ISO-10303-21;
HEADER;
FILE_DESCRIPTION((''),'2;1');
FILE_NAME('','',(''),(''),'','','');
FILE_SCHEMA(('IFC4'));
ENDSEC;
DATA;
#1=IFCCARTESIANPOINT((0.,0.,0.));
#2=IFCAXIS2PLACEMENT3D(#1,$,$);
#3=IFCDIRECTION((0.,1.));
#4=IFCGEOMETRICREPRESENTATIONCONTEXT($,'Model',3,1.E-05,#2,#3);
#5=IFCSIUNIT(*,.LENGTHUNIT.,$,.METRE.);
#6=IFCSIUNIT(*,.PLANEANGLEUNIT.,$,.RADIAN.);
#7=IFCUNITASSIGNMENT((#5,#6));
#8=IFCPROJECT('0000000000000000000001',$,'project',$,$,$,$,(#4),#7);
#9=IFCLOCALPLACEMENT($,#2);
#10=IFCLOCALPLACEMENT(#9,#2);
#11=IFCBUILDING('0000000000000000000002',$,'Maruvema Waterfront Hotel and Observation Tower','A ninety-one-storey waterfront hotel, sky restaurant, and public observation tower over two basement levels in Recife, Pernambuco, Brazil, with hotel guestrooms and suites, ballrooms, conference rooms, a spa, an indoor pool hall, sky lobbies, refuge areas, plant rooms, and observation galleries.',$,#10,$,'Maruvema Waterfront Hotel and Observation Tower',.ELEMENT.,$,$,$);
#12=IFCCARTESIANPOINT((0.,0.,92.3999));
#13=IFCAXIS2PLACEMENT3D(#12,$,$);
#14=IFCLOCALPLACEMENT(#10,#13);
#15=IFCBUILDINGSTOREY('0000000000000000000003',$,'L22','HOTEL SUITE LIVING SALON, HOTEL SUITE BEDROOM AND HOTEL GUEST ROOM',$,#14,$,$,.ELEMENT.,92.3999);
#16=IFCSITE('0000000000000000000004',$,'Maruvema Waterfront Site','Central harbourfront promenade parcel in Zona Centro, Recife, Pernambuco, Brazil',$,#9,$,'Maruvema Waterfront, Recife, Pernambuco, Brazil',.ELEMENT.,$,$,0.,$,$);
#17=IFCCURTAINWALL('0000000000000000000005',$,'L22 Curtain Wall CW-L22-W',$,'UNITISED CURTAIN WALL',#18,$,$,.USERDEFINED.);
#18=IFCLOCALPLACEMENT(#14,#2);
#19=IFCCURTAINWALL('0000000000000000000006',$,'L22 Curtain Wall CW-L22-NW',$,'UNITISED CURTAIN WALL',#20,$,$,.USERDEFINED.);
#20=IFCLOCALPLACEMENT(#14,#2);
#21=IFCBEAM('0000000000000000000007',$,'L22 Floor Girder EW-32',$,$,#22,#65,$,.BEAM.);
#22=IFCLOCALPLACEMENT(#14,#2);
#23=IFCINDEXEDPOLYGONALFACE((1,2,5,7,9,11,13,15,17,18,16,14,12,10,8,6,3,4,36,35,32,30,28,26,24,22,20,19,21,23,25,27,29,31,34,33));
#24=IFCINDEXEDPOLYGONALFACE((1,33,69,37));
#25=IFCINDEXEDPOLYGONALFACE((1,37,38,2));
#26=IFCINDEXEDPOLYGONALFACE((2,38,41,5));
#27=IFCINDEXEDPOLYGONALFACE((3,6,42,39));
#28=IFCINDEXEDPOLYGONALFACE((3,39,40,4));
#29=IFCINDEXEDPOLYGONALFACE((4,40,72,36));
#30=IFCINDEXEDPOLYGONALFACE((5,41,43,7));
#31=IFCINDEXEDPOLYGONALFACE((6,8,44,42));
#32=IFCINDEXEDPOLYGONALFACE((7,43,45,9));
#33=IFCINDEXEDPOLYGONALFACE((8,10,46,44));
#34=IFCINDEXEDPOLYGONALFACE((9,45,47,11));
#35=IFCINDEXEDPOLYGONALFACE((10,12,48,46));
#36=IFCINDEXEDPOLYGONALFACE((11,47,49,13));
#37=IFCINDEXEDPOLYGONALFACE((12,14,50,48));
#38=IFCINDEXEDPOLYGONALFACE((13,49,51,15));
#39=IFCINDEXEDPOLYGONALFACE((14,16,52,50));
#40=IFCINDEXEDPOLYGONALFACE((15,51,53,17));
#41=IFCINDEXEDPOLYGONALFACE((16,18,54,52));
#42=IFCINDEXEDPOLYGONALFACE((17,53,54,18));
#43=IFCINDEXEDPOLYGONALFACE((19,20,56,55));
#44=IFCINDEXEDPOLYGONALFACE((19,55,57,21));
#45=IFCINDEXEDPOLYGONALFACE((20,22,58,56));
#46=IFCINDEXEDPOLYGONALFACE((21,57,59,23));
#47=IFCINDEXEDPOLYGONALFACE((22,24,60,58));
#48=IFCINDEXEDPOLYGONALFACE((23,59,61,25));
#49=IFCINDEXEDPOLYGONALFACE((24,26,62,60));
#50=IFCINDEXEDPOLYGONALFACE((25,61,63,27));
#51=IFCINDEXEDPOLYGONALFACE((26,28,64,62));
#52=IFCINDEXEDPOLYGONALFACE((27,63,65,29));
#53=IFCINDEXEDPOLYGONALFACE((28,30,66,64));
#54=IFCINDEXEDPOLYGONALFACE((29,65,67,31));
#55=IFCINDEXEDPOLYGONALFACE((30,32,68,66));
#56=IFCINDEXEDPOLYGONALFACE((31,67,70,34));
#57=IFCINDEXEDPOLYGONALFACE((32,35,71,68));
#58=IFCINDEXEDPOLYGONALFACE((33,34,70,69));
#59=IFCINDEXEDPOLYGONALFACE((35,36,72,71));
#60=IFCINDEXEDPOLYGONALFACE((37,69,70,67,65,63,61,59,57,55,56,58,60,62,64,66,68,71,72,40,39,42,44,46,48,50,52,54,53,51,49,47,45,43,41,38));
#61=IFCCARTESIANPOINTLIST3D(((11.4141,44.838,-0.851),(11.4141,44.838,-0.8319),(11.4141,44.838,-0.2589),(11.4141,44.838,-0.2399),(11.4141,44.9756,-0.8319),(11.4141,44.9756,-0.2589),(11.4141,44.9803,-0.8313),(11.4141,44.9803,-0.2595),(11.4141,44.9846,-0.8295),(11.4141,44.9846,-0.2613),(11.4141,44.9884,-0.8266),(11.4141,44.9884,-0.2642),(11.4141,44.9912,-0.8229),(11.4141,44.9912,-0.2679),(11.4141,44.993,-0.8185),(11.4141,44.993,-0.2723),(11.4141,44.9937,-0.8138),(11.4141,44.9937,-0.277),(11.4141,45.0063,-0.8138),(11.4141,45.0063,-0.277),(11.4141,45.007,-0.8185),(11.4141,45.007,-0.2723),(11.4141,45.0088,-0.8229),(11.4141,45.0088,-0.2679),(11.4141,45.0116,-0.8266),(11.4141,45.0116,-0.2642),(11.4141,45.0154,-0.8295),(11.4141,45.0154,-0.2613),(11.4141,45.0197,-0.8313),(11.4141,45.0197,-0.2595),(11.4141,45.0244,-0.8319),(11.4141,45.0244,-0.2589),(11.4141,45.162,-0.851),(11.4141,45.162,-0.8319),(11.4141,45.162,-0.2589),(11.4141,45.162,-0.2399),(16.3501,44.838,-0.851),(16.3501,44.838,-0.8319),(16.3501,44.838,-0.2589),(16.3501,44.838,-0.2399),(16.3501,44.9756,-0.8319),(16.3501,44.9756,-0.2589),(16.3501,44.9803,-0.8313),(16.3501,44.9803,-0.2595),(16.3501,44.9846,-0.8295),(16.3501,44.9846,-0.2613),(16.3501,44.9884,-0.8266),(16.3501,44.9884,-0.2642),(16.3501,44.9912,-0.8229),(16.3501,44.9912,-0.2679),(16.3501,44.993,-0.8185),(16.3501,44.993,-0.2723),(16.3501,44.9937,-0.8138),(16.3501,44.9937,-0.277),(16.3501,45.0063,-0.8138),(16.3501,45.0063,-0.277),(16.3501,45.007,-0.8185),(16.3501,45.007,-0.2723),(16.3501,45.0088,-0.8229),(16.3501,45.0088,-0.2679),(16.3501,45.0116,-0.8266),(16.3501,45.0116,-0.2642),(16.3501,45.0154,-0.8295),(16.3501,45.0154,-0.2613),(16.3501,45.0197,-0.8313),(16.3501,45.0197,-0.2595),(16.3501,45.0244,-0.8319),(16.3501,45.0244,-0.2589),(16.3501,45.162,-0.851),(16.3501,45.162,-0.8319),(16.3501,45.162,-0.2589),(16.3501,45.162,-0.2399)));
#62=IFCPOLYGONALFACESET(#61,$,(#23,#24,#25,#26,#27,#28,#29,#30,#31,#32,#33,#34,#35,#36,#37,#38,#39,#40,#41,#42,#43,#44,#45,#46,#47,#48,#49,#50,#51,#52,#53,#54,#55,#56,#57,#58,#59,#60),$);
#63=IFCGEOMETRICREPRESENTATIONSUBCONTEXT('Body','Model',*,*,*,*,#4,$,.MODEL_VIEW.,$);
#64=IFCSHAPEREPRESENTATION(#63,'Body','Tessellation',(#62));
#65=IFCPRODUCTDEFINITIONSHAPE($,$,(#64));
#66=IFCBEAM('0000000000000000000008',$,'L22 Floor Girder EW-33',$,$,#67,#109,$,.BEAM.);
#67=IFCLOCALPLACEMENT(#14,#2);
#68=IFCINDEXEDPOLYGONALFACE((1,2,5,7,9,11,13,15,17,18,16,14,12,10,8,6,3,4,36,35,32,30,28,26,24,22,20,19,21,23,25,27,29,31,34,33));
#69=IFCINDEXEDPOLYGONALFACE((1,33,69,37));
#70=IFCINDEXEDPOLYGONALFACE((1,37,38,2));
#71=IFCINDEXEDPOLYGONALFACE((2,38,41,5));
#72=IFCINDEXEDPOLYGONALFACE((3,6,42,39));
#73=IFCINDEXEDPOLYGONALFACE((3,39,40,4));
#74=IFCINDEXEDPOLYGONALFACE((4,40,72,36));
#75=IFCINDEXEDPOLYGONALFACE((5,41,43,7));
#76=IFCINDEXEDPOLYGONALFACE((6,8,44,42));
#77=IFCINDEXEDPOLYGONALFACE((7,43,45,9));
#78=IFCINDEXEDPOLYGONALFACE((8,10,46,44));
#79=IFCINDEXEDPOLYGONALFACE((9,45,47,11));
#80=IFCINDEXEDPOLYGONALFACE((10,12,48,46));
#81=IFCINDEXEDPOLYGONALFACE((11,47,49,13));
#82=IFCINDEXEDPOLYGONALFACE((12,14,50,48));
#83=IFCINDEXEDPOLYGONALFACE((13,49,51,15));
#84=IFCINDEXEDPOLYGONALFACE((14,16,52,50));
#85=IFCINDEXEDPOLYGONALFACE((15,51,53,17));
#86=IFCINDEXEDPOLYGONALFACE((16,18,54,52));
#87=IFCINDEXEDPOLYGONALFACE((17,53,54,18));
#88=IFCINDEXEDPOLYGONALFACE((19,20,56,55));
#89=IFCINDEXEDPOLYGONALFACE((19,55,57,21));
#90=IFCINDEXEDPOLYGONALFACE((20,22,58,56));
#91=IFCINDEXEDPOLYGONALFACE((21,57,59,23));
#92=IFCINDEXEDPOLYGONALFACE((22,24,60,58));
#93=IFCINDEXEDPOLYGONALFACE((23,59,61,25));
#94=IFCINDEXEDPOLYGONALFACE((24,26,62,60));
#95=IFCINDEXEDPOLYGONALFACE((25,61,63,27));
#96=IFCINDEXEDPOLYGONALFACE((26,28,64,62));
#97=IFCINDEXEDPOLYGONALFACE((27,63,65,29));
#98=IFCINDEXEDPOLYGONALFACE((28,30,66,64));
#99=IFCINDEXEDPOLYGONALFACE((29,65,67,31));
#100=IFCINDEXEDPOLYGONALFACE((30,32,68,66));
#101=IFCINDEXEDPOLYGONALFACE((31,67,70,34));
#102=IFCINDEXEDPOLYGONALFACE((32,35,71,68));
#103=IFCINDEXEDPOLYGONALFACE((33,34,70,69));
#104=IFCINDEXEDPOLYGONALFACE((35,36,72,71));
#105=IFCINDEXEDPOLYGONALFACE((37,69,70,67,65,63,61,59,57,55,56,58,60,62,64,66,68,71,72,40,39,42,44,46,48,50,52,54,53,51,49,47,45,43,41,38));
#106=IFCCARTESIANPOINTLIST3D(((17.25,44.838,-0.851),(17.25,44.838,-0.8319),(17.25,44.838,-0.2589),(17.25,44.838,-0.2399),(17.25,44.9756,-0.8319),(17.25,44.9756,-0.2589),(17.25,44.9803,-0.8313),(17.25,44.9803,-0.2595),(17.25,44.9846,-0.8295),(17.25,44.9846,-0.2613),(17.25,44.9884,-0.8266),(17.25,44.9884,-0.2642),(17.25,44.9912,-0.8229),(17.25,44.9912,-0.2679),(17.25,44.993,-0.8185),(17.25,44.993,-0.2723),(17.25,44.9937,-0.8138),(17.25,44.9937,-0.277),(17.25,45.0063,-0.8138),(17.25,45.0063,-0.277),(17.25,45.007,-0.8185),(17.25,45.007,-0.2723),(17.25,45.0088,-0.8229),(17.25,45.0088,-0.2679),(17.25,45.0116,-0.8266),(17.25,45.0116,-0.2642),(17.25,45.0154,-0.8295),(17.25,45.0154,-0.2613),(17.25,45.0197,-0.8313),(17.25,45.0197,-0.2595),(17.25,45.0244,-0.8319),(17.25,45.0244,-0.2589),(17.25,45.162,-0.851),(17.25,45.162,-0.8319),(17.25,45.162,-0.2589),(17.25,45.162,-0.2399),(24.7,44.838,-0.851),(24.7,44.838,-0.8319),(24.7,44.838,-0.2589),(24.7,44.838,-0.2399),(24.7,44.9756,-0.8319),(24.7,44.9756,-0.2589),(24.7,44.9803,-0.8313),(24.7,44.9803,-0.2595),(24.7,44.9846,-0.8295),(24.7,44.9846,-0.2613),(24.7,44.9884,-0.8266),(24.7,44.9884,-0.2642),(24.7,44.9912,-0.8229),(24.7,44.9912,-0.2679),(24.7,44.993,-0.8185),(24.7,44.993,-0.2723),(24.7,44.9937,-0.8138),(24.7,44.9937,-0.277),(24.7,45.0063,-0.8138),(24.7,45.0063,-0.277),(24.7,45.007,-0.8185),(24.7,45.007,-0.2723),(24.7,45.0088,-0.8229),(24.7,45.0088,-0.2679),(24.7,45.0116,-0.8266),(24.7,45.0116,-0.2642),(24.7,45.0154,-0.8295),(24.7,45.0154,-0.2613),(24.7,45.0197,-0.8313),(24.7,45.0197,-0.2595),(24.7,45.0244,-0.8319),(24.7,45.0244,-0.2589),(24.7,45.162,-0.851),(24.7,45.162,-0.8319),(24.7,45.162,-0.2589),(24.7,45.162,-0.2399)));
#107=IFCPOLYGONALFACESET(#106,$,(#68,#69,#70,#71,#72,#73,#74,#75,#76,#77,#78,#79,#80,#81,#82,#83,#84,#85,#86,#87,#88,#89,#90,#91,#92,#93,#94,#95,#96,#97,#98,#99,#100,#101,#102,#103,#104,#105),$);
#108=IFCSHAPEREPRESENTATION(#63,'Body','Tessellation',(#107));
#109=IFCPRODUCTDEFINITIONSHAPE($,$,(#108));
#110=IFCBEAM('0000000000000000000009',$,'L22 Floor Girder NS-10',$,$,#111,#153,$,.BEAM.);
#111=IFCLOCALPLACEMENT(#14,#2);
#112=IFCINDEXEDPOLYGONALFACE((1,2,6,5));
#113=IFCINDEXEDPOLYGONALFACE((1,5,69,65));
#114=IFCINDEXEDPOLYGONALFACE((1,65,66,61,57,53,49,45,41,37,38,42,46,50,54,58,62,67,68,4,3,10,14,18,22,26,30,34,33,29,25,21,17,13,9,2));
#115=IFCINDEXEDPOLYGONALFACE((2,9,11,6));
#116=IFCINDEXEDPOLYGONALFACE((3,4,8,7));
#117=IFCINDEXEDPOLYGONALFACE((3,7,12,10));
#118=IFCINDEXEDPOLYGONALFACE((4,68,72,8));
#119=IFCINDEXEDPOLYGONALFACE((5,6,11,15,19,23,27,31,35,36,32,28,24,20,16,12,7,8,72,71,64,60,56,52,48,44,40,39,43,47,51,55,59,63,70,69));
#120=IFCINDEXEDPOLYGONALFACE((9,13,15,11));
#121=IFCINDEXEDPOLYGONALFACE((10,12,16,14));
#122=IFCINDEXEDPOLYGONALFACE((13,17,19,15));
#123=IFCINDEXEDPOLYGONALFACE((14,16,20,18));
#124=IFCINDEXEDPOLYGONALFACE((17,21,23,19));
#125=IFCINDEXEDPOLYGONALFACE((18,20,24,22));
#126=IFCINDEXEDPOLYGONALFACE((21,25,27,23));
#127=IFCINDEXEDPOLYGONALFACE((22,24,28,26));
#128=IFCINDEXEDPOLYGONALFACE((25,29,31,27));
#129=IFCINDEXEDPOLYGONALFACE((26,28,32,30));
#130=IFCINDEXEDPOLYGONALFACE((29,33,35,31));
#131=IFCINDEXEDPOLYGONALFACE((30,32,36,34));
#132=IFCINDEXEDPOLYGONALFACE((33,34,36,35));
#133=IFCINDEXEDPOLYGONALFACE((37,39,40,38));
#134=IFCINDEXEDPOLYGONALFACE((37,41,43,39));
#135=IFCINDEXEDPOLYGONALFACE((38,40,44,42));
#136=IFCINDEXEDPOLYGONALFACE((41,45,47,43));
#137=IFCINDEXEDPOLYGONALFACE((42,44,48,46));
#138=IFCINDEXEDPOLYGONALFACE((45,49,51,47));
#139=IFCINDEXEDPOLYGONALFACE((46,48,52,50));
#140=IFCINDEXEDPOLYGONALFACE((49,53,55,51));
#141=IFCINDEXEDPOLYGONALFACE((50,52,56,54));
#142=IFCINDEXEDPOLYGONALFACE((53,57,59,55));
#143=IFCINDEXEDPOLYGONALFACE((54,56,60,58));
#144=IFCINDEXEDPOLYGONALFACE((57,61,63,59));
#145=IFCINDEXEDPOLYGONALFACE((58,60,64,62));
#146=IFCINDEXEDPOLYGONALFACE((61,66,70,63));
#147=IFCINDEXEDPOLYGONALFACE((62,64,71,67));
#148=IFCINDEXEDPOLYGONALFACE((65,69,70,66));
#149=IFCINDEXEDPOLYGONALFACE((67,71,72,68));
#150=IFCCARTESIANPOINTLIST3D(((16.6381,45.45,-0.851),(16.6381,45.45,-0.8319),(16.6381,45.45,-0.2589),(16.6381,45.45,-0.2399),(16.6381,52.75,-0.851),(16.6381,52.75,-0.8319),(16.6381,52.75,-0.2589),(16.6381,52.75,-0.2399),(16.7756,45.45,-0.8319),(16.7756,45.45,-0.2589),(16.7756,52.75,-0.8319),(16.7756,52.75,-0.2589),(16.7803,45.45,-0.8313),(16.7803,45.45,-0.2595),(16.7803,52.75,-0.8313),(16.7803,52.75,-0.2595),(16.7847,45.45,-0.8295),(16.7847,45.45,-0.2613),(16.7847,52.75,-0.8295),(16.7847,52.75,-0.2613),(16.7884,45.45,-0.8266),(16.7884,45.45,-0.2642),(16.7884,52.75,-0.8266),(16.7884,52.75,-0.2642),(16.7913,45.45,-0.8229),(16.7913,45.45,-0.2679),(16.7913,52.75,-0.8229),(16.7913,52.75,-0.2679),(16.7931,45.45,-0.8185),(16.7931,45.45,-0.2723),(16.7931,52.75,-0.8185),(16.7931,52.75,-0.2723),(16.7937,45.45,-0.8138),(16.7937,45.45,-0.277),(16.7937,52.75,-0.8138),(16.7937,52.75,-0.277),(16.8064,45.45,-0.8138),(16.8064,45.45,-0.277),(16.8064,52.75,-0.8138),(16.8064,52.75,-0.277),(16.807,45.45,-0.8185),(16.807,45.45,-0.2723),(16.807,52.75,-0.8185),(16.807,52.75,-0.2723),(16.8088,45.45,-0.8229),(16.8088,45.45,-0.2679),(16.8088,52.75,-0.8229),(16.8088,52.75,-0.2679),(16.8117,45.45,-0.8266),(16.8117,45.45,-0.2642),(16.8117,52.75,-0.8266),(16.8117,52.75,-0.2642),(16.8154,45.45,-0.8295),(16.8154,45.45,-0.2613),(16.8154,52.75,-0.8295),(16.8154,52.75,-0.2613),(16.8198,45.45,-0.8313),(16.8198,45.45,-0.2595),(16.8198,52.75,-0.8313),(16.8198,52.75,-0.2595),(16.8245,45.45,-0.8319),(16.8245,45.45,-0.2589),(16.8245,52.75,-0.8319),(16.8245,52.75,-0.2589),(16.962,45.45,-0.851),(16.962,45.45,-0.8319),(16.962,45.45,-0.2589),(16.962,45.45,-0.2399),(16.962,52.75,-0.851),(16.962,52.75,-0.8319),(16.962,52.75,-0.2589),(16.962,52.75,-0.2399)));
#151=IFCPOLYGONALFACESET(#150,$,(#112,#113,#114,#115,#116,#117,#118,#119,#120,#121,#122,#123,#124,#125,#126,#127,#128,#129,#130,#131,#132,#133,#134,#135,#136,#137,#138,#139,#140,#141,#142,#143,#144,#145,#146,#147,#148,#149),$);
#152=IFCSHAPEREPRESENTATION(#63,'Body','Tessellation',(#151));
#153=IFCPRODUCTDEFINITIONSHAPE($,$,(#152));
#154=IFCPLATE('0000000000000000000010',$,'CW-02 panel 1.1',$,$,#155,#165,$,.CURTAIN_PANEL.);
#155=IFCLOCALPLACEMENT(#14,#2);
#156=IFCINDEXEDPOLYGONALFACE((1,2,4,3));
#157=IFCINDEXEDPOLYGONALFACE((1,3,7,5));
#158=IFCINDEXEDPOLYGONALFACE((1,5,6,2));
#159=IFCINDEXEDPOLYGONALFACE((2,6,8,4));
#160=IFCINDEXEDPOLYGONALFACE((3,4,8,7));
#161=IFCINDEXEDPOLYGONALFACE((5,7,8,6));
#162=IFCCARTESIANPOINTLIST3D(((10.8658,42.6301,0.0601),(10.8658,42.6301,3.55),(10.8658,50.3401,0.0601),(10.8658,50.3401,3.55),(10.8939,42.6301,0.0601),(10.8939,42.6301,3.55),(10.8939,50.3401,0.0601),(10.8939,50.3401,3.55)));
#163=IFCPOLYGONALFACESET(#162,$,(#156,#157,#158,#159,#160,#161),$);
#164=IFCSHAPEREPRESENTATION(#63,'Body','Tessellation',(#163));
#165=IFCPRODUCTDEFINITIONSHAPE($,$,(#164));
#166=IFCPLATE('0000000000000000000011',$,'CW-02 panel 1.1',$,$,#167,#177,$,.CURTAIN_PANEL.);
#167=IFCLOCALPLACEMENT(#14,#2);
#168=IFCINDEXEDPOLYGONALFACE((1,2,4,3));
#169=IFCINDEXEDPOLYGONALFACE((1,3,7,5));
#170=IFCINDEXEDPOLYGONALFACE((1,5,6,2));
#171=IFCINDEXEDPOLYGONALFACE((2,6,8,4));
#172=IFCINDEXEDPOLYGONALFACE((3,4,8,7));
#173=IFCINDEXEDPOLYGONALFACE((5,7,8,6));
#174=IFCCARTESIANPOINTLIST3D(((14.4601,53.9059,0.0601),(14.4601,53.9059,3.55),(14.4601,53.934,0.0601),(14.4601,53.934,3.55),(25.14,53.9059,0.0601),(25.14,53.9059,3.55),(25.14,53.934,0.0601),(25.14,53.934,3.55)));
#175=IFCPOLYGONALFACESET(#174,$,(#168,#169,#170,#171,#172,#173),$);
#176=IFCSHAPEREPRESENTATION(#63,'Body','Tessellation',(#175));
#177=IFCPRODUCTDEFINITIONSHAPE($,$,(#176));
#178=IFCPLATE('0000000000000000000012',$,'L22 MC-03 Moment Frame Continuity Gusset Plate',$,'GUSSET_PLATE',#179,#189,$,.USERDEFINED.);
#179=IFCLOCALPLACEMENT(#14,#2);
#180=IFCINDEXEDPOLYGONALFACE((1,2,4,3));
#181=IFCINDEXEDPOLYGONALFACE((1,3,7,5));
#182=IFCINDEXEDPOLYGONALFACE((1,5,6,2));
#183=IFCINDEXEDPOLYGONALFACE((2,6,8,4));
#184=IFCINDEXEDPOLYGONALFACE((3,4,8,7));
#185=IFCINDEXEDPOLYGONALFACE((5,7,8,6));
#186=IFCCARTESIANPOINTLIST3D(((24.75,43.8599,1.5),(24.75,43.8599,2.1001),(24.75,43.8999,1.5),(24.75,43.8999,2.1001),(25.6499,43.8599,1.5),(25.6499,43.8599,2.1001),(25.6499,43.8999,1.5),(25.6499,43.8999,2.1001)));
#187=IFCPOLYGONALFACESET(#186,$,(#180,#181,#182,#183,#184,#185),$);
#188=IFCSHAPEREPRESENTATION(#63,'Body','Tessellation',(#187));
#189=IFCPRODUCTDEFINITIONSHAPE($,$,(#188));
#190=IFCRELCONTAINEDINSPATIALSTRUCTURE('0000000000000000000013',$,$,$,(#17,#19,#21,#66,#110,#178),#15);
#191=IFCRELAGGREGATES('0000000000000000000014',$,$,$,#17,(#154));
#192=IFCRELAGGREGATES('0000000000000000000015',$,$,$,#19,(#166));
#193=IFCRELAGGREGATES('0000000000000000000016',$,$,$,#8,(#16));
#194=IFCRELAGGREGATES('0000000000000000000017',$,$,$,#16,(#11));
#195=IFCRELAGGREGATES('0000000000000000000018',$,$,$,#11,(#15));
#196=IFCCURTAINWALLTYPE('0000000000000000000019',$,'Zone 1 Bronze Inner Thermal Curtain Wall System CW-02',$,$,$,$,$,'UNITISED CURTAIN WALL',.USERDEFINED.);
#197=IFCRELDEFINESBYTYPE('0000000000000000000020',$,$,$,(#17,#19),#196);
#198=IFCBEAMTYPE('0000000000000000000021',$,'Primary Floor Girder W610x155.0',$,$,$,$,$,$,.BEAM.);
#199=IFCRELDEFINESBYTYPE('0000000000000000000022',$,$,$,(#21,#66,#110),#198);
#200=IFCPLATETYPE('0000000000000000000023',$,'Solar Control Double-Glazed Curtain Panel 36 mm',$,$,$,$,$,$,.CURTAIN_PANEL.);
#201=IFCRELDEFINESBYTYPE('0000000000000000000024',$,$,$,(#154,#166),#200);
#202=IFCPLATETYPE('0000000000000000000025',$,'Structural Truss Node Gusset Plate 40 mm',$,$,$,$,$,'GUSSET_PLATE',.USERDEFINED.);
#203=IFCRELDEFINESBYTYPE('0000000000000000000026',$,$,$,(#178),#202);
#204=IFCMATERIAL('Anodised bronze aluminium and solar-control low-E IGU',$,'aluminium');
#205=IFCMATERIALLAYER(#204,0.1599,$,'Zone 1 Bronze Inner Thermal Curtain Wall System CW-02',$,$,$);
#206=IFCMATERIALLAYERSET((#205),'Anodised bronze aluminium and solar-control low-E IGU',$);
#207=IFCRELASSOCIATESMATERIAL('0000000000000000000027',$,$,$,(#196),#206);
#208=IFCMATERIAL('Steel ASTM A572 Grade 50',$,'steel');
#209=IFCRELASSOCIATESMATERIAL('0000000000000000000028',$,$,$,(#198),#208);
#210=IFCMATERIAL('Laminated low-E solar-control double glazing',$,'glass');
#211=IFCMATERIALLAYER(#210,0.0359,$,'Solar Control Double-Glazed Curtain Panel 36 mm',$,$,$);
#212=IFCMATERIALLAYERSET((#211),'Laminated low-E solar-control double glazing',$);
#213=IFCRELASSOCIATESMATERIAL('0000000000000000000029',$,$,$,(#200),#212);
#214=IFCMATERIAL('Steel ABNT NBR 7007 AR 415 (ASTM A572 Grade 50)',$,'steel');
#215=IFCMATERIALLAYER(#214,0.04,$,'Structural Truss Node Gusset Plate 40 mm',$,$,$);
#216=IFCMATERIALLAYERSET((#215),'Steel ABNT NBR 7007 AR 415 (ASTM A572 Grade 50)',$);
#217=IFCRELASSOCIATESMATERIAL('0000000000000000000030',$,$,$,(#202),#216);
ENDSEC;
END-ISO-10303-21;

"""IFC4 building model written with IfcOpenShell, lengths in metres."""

from ifc_helpers import new_model, si_unit, direction, frame, origin, origin_2d, place, context, subcontext, project, spatial, rectangle, i_section, extrude, material, layer, layer_set, material_profile, profile_set, type_object, element, aggregate, save


model = new_model("IFC4")

# Units and contexts
model_context = context("Model", 3, precision=1e-05, world=origin(), true_north=direction((0.0, 1.0)))
body_context = subcontext(model_context, "Body", "Model", "MODEL_VIEW")
ifc_project = project(units=[si_unit("LENGTHUNIT", "METRE"), si_unit("PLANEANGLEUNIT", "RADIAN")], contexts=[model_context])

# Site, building, storey
site_placement = place(None, origin())
site = spatial("IfcSite", under=ifc_project, at=site_placement, Name="Maruvema Waterfront Site", Description="Central harbourfront promenade parcel in Zona Centro, Recife, Pernambuco, Brazil", LongName="Maruvema Waterfront, Recife, Pernambuco, Brazil", CompositionType="ELEMENT", RefElevation=0.0)
building_placement = place(site_placement, origin())
building = spatial("IfcBuilding", under=site, at=building_placement, Name="Maruvema Waterfront Hotel and Observation Tower", Description="A ninety-one-storey waterfront hotel, sky restaurant, and public observation tower over two basement levels in Recife, Pernambuco, Brazil, with hotel guestrooms and suites, ballrooms, conference rooms, a spa, an indoor pool hall, sky lobbies, refuge areas, plant rooms, and observation galleries.", LongName="Maruvema Waterfront Hotel and Observation Tower", CompositionType="ELEMENT")
storey_placement = place(building_placement, frame((0.0, 0.0, 92.3999)))
storey = spatial("IfcBuildingStorey", under=building, at=storey_placement, Name="L22", Description="HOTEL SUITE LIVING SALON, HOTEL SUITE BEDROOM AND HOTEL GUEST ROOM", CompositionType="ELEMENT", Elevation=92.3999)

# Curtain walls
ifc_material_1 = material(Name="Anodised bronze aluminium and solar-control low-E IGU", Category="aluminium")
ifc_layer_1 = layer(ifc_material_1, 0.1599, Name="Zone 1 Bronze Inner Thermal Curtain Wall System CW-02")
ifc_layer_set_1 = layer_set([ifc_layer_1], Name="Anodised bronze aluminium and solar-control low-E IGU")
curtain_wall_type = type_object("IfcCurtainWallType", Name="Zone 1 Bronze Inner Thermal Curtain Wall System CW-02", ElementType="UNITISED CURTAIN WALL", PredefinedType="USERDEFINED", material=ifc_layer_set_1)
curtain_wall_1_placement = place(storey_placement, origin())
curtain_wall_1 = element("IfcCurtainWall", 1, at=curtain_wall_1_placement, inside=storey, type_object=curtain_wall_type, Name="L22 Curtain Wall CW-L22-W", ObjectType="UNITISED CURTAIN WALL", PredefinedType="USERDEFINED")
curtain_wall_2_placement = place(storey_placement, origin())
curtain_wall_2 = element("IfcCurtainWall", 2, at=curtain_wall_2_placement, inside=storey, type_object=curtain_wall_type, Name="L22 Curtain Wall CW-L22-NW", ObjectType="UNITISED CURTAIN WALL", PredefinedType="USERDEFINED")

# Beams
ifc_material_2 = material(Name="Steel ASTM A572 Grade 50", Category="steel")
ifc_material_profile_1 = material_profile(ifc_material_2, i_section(OverallWidth=0.324, OverallDepth=0.6111, WebThickness=0.0127, FlangeThickness=0.019, FilletRadius=0.0181, at=origin_2d()), Name="W610x155.0")
ifc_profile_set_1 = profile_set([ifc_material_profile_1], Name="Steel ASTM A572 Grade 50")
beam_type = type_object("IfcBeamType", Name="Primary Floor Girder W610x155.0", PredefinedType="BEAM", material=ifc_profile_set_1)
beam_1_placement = place(storey_placement, frame((11.4141, 45.0, -0.5454), z_axis=(1.0, 0.0, 0.0), x_axis=(0.0, 1.0, 0.0)))
element("IfcBeam", 3, at=beam_1_placement, inside=storey, type_object=beam_type, Name="L22 Floor Girder EW-32", PredefinedType="BEAM", context=body_context, shape_type="SweptSolid", body=[
    extrude(i_section(OverallWidth=0.324, OverallDepth=0.6111, WebThickness=0.0127, FlangeThickness=0.019, FilletRadius=0.0181, at=origin_2d()), origin(), (0.0, 0.0, 1.0), 4.936),
])
beam_2_placement = place(storey_placement, frame((17.25, 45.0, -0.5454), z_axis=(1.0, 0.0, 0.0), x_axis=(0.0, 1.0, 0.0)))
element("IfcBeam", 4, at=beam_2_placement, inside=storey, type_object=beam_type, Name="L22 Floor Girder EW-33", PredefinedType="BEAM", context=body_context, shape_type="SweptSolid", body=[
    extrude(i_section(OverallWidth=0.324, OverallDepth=0.6111, WebThickness=0.0127, FlangeThickness=0.019, FilletRadius=0.0181, at=origin_2d()), origin(), (0.0, 0.0, 1.0), 7.45),
])
beam_3_placement = place(storey_placement, frame((16.8, 45.45, -0.5454), z_axis=(0.0, 1.0, 0.0), x_axis=(-1.0, 0.0, 0.0)))
element("IfcBeam", 5, at=beam_3_placement, inside=storey, type_object=beam_type, Name="L22 Floor Girder NS-10", PredefinedType="BEAM", context=body_context, shape_type="SweptSolid", body=[
    extrude(i_section(OverallWidth=0.324, OverallDepth=0.6111, WebThickness=0.0127, FlangeThickness=0.019, FilletRadius=0.0181, at=origin_2d()), origin(), (0.0, 0.0, 1.0), 7.3),
])

# Plates
ifc_material_3 = material(Name="Laminated low-E solar-control double glazing", Category="glass")
ifc_layer_2 = layer(ifc_material_3, 0.0359, Name="Solar Control Double-Glazed Curtain Panel 36 mm")
ifc_layer_set_2 = layer_set([ifc_layer_2], Name="Laminated low-E solar-control double glazing")
plate_type_1 = type_object("IfcPlateType", Name="Solar Control Double-Glazed Curtain Panel 36 mm", PredefinedType="CURTAIN_PANEL", material=ifc_layer_set_2)
plate_1_placement = place(storey_placement, frame((10.8799, 46.4851, 0.0601), z_axis=(0.0, 0.0, 1.0), x_axis=(0.0, -1.0, 0.0)))
plate_1 = element("IfcPlate", 6, at=plate_1_placement, type_object=plate_type_1, Name="CW-02 panel 1.1", PredefinedType="CURTAIN_PANEL", context=body_context, shape_type="SweptSolid", body=[
    extrude(rectangle(XDim=7.71, YDim=0.0281, at=origin_2d()), origin(), (0.0, 0.0, 1.0), 3.49),
])
aggregate(curtain_wall_1, [plate_1])
plate_2_placement = place(storey_placement, frame((19.8, 53.9199, 0.0601), z_axis=(0.0, 0.0, 1.0), x_axis=(-1.0, 0.0, 0.0)))
plate_2 = element("IfcPlate", 7, at=plate_2_placement, type_object=plate_type_1, Name="CW-02 panel 1.1", PredefinedType="CURTAIN_PANEL", context=body_context, shape_type="SweptSolid", body=[
    extrude(rectangle(XDim=10.6799, YDim=0.0281, at=origin_2d()), origin(), (0.0, 0.0, 1.0), 3.49),
])
aggregate(curtain_wall_2, [plate_2])
ifc_material_4 = material(Name="Steel ABNT NBR 7007 AR 415 (ASTM A572 Grade 50)", Category="steel")
ifc_layer_3 = layer(ifc_material_4, 0.04, Name="Structural Truss Node Gusset Plate 40 mm")
ifc_layer_set_3 = layer_set([ifc_layer_3], Name="Steel ABNT NBR 7007 AR 415 (ASTM A572 Grade 50)")
plate_type_2 = type_object("IfcPlateType", Name="Structural Truss Node Gusset Plate 40 mm", ElementType="GUSSET_PLATE", PredefinedType="USERDEFINED", material=ifc_layer_set_3)
plate_3_placement = place(storey_placement, frame((25.2, 43.8799, 1.5), z_axis=(0.0, 0.0, 1.0), x_axis=(1.0, 0.0, 0.0)))
element("IfcPlate", 8, at=plate_3_placement, inside=storey, type_object=plate_type_2, Name="L22 MC-03 Moment Frame Continuity Gusset Plate", ObjectType="GUSSET_PLATE", PredefinedType="USERDEFINED", context=body_context, shape_type="SweptSolid", body=[
    extrude(rectangle(XDim=0.8999, YDim=0.04, at=origin_2d()), origin(), (0.0, 0.0, 1.0), 0.6001),
])

save(model, "model.ifc")
